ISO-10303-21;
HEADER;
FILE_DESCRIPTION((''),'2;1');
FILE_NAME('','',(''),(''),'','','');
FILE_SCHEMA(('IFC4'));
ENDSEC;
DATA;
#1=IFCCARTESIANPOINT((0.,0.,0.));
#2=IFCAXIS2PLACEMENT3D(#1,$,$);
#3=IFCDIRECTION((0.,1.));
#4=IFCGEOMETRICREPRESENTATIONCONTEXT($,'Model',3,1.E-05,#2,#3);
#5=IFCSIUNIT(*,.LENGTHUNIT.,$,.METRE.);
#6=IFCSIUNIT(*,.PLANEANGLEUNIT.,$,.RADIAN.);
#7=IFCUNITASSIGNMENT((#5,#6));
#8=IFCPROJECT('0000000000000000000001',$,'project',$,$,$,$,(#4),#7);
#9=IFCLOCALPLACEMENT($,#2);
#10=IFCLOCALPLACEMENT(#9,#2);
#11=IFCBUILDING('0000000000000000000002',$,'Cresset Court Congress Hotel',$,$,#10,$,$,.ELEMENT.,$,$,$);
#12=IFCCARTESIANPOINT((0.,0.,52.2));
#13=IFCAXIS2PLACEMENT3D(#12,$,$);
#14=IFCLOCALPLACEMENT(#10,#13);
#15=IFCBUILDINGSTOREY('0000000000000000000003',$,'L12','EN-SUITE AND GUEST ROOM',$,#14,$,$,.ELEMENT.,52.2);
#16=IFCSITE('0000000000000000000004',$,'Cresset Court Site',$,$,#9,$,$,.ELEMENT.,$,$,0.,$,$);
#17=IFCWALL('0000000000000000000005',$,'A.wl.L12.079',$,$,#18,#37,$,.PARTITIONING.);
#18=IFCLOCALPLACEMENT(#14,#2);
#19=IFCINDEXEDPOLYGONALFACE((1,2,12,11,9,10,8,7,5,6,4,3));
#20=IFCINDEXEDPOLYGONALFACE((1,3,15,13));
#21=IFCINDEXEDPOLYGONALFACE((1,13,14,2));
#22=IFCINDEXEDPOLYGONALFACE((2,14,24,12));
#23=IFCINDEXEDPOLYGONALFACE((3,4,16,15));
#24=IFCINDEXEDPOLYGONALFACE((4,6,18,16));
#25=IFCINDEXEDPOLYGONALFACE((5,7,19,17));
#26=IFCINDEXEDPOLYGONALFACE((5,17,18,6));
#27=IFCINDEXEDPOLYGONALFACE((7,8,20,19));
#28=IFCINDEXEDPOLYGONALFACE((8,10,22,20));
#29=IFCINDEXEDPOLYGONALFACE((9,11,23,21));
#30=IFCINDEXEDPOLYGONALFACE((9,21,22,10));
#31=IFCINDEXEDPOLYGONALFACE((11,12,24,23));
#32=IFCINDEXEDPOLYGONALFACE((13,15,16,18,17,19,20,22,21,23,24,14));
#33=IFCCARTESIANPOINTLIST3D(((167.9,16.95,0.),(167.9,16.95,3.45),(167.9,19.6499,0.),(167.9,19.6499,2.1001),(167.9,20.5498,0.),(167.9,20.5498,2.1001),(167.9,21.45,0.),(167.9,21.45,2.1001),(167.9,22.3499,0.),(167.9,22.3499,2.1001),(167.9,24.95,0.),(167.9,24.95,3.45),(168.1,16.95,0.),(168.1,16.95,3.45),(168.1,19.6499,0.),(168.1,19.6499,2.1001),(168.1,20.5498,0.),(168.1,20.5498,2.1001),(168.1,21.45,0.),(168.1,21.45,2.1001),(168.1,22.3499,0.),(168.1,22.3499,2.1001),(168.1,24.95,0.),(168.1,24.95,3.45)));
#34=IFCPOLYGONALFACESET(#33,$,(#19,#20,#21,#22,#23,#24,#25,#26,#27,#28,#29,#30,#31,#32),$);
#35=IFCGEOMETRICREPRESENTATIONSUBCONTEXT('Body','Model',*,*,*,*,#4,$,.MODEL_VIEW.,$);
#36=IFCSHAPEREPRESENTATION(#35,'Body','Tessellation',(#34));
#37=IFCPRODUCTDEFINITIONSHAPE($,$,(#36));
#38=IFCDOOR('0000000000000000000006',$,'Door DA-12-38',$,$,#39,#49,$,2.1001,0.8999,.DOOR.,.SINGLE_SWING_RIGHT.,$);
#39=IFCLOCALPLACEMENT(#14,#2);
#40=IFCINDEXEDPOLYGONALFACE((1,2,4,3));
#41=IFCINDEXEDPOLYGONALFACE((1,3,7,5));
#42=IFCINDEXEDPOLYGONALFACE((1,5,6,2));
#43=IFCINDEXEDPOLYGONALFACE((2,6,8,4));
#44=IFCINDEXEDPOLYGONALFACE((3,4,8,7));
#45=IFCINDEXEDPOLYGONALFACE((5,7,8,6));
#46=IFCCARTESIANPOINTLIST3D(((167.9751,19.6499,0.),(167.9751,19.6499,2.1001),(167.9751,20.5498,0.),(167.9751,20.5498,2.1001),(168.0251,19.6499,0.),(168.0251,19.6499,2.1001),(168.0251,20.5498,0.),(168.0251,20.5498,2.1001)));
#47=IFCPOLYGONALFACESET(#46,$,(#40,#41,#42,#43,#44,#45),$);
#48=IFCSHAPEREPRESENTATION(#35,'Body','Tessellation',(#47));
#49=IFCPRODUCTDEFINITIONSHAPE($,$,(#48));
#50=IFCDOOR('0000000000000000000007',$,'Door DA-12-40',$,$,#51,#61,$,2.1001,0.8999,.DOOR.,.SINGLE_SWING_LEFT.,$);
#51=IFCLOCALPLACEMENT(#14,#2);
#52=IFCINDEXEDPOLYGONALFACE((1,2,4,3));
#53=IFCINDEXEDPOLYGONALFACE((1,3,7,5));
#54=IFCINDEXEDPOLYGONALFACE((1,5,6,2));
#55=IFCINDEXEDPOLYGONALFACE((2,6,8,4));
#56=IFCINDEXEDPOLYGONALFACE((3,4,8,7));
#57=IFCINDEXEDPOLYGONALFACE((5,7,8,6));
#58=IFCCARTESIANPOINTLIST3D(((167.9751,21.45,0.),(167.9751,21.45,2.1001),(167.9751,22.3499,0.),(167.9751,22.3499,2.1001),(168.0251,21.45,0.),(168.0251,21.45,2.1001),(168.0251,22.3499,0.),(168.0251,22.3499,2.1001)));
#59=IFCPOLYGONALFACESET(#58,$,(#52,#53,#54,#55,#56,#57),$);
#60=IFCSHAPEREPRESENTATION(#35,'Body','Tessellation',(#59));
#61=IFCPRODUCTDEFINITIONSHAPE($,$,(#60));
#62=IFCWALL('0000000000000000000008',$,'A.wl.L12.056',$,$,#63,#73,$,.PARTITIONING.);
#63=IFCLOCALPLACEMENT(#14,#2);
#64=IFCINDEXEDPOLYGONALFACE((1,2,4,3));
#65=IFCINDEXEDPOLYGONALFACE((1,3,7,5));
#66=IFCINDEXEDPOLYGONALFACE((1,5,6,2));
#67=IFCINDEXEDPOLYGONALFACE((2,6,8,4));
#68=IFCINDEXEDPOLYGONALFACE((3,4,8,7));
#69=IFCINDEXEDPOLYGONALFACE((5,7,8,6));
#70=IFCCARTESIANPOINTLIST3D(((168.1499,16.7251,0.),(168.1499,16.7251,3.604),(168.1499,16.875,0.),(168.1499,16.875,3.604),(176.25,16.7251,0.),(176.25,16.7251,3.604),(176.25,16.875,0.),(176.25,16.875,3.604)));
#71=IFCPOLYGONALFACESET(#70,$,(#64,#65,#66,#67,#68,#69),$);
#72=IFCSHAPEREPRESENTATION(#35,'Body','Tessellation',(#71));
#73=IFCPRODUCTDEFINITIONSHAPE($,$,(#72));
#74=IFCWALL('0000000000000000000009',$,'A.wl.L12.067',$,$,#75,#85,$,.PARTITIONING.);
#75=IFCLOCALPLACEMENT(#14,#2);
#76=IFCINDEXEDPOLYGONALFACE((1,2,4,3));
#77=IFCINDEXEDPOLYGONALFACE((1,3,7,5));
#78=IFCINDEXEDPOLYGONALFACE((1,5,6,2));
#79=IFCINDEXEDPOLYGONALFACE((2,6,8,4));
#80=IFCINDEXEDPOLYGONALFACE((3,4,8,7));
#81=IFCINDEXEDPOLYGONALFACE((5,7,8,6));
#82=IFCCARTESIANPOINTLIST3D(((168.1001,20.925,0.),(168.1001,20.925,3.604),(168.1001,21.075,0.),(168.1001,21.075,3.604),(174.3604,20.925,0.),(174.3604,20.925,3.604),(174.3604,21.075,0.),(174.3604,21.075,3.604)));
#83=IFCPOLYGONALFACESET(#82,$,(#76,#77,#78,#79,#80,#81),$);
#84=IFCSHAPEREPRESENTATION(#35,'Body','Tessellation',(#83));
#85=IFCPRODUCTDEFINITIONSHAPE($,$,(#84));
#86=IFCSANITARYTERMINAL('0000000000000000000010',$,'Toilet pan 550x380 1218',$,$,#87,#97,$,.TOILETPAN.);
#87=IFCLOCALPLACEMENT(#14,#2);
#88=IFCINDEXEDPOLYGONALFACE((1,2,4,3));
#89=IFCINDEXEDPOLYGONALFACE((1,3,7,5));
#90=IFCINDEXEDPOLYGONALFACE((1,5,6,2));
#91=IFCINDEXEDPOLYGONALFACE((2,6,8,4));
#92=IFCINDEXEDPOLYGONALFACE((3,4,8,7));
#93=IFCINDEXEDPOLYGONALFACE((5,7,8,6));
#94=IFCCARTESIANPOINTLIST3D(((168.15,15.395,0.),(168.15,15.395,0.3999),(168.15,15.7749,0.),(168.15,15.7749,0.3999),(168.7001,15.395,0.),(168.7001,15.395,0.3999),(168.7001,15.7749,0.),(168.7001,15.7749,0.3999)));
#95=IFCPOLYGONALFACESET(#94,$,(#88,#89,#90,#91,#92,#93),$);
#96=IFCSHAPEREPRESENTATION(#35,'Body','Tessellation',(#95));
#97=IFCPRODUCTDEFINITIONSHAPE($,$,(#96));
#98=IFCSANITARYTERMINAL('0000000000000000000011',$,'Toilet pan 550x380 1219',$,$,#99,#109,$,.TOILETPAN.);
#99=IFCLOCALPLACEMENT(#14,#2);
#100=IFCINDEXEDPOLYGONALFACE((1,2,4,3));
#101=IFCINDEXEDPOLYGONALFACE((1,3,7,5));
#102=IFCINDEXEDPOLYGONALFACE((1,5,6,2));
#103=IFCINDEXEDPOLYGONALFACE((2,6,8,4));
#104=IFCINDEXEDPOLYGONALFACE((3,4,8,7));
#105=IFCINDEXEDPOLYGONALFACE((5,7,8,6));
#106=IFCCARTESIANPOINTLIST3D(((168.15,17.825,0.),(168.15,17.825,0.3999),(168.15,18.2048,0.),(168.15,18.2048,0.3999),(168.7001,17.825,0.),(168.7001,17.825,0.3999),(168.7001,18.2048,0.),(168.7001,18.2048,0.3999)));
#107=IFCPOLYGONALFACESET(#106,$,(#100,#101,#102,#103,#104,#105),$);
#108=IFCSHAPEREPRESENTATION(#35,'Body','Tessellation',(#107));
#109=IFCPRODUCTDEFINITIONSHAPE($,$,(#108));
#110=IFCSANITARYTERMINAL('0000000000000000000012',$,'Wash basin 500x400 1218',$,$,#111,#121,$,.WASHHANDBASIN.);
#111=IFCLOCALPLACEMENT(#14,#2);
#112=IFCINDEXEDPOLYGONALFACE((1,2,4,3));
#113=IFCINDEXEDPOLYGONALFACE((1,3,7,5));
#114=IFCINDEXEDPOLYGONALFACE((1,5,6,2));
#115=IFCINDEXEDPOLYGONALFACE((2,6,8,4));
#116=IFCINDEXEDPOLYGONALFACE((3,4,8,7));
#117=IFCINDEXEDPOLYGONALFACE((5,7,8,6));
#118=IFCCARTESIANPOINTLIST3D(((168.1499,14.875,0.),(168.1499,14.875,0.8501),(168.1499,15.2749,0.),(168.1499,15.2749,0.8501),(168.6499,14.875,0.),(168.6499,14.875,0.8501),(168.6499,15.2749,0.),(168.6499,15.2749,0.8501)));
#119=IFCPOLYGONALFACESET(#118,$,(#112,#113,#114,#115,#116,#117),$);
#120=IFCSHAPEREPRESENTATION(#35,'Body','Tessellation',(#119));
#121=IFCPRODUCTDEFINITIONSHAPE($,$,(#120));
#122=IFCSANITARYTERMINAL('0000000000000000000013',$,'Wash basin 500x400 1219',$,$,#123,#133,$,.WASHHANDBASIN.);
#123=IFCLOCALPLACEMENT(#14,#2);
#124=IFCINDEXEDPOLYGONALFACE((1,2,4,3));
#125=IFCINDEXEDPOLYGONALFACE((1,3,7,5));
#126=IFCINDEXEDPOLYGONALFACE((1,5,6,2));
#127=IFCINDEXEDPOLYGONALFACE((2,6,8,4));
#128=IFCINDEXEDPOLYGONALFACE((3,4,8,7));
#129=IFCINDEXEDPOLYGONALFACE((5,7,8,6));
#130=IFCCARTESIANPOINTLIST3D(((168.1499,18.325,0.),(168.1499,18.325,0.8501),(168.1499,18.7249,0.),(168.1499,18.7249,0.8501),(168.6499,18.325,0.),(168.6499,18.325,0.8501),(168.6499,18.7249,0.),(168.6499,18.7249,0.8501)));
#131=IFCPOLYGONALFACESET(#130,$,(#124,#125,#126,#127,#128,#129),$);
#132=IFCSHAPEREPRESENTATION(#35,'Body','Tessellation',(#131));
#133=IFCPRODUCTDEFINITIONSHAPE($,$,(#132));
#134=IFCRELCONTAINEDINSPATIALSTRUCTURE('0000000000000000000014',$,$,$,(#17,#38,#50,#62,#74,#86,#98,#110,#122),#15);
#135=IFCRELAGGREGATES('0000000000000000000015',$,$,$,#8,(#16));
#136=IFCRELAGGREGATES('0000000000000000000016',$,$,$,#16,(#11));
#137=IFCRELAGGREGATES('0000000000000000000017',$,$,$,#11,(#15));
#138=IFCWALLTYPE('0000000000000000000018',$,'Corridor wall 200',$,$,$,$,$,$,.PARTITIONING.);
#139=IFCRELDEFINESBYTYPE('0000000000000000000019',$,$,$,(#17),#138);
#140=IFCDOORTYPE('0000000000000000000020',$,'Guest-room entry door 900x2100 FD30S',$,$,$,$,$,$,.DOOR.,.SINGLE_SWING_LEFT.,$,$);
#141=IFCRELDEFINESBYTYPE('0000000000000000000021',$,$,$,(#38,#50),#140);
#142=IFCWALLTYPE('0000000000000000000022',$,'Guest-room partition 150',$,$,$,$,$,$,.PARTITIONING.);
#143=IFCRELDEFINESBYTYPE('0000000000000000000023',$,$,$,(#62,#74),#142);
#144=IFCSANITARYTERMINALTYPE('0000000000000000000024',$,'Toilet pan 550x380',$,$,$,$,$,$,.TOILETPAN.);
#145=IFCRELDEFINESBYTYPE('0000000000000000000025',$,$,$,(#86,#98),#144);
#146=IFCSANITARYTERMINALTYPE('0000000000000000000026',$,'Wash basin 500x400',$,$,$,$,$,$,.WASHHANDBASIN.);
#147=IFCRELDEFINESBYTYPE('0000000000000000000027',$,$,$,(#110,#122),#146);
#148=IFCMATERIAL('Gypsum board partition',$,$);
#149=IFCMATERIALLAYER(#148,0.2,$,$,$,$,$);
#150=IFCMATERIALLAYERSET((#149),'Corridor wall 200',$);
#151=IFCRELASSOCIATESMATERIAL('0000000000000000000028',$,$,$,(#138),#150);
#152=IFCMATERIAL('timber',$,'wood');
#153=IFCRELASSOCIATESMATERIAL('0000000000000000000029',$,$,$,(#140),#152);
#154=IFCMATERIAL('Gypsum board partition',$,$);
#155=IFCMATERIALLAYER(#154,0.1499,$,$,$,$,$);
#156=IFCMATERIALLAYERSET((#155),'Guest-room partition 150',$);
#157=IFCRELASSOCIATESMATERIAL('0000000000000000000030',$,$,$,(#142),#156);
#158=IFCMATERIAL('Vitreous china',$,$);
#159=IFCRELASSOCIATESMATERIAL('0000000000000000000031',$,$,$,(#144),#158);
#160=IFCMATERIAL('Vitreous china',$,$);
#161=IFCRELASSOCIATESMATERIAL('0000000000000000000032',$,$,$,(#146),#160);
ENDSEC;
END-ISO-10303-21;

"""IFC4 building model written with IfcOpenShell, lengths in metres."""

from ifc_helpers import new_model, si_unit, direction, frame, frame_2d, origin, origin_2d, place, context, subcontext, project, spatial, rectangle, extrude, material, layer, layer_set, type_object, element, fill, save


model = new_model("IFC4")

# Units and contexts
model_context = context("Model", 3, precision=1e-05, world=origin(), true_north=direction((0.0, 1.0)))
body_context = subcontext(model_context, "Body", "Model", "MODEL_VIEW")
ifc_project = project(units=[si_unit("LENGTHUNIT", "METRE"), si_unit("PLANEANGLEUNIT", "RADIAN")], contexts=[model_context])

# Site, building, storey
site_placement = place(None, origin())
site = spatial("IfcSite", under=ifc_project, at=site_placement, Name="Cresset Court Site", CompositionType="ELEMENT", RefElevation=0.0)
building_placement = place(site_placement, origin())
building = spatial("IfcBuilding", under=site, at=building_placement, Name="Cresset Court Congress Hotel", CompositionType="ELEMENT")
storey_placement = place(building_placement, frame((0.0, 0.0, 52.2)))
storey = spatial("IfcBuildingStorey", under=building, at=storey_placement, Name="L12", Description="EN-SUITE AND GUEST ROOM", CompositionType="ELEMENT", Elevation=52.2)

# Wall, openings, doors
ifc_material_1 = material(Name="Gypsum board partition")
ifc_layer_1 = layer(ifc_material_1, 0.2)
ifc_layer_set_1 = layer_set([ifc_layer_1], Name="Corridor wall 200")
wall_type_1 = type_object("IfcWallType", Name="Corridor wall 200", PredefinedType="PARTITIONING", material=ifc_layer_set_1)
ifc_material_2 = material(Name="timber", Category="wood")
door_type = type_object("IfcDoorType", Name="Guest-room entry door 900x2100 FD30S", OperationType="SINGLE_SWING_LEFT", PredefinedType="DOOR", material=ifc_material_2)
wall_1_placement = place(storey_placement, frame((168.0, 16.95, 0.0), z_axis=(0.0, 0.0, 1.0), x_axis=(0.0, 1.0, 0.0)))
wall_1 = element("IfcWall", 1, at=wall_1_placement, inside=storey, type_object=wall_type_1, Name="A.wl.L12.079", PredefinedType="PARTITIONING", context=body_context, shape_type="SweptSolid", body=[
    extrude(rectangle(XDim=8.0, YDim=0.2, at=frame_2d((4.0, 0.0))), origin(), (0.0, 0.0, 1.0), 3.45),
])
opening_1_placement = place(wall_1_placement, frame((2.7, 0.0, 0.0)))
opening_1 = element("IfcOpeningElement", 2, at=opening_1_placement, cuts=wall_1, PredefinedType="OPENING", context=body_context, shape_type="SweptSolid", body=[
    extrude(rectangle(XDim=0.8999, YDim=2.1001, at=frame_2d((0.45, 1.05))), frame((0.0, 0.1099, 0.0), z_axis=(0.0, -1.0, 0.0), x_axis=(1.0, 0.0, 0.0)), (0.0, 0.0, 1.0), 0.22),
])
opening_2_placement = place(wall_1_placement, frame((4.5, 0.0, 0.0)))
opening_2 = element("IfcOpeningElement", 3, at=opening_2_placement, cuts=wall_1, PredefinedType="OPENING", context=body_context, shape_type="SweptSolid", body=[
    extrude(rectangle(XDim=0.8999, YDim=2.1001, at=frame_2d((0.45, 1.05))), frame((0.0, 0.1099, 0.0), z_axis=(0.0, -1.0, 0.0), x_axis=(1.0, 0.0, 0.0)), (0.0, 0.0, 1.0), 0.22),
])
door_1_placement = place(opening_1_placement, origin())
door_1 = element("IfcDoor", 4, at=door_1_placement, inside=storey, type_object=door_type, Name="Door DA-12-38", OperationType="SINGLE_SWING_RIGHT", OverallHeight=2.1001, OverallWidth=0.8999, PredefinedType="DOOR", context=body_context, shape_type="SweptSolid", body=[
    extrude(rectangle(XDim=0.8999, YDim=2.1001, at=frame_2d((0.45, 1.05))), frame((0.0, 0.0249, 0.0), z_axis=(0.0, -1.0, 0.0), x_axis=(1.0, 0.0, 0.0)), (0.0, 0.0, 1.0), 0.05),
])
fill(opening_1, door_1)
door_2_placement = place(opening_2_placement, origin())
door_2 = element("IfcDoor", 5, at=door_2_placement, inside=storey, type_object=door_type, Name="Door DA-12-40", OperationType="SINGLE_SWING_LEFT", OverallHeight=2.1001, OverallWidth=0.8999, PredefinedType="DOOR", context=body_context, shape_type="SweptSolid", body=[
    extrude(rectangle(XDim=0.8999, YDim=2.1001, at=frame_2d((0.45, 1.05))), frame((0.0, 0.0249, 0.0), z_axis=(0.0, -1.0, 0.0), x_axis=(1.0, 0.0, 0.0)), (0.0, 0.0, 1.0), 0.05),
])
fill(opening_2, door_2)

# Walls
ifc_material_3 = material(Name="Gypsum board partition")
ifc_layer_2 = layer(ifc_material_3, 0.1499)
ifc_layer_set_2 = layer_set([ifc_layer_2], Name="Guest-room partition 150")
wall_type_2 = type_object("IfcWallType", Name="Guest-room partition 150", PredefinedType="PARTITIONING", material=ifc_layer_set_2)
wall_2_placement = place(storey_placement, frame((168.1499, 16.8, 0.0), z_axis=(0.0, 0.0, 1.0), x_axis=(1.0, 0.0, 0.0)))
element("IfcWall", 6, at=wall_2_placement, inside=storey, type_object=wall_type_2, Name="A.wl.L12.056", PredefinedType="PARTITIONING", context=body_context, shape_type="SweptSolid", body=[
    extrude(rectangle(XDim=8.1001, YDim=0.1499, at=frame_2d((4.05, 0.0))), origin(), (0.0, 0.0, 1.0), 3.604),
])
wall_3_placement = place(storey_placement, frame((168.1001, 21.0, 0.0), z_axis=(0.0, 0.0, 1.0), x_axis=(1.0, 0.0, 0.0)))
element("IfcWall", 7, at=wall_3_placement, inside=storey, type_object=wall_type_2, Name="A.wl.L12.067", PredefinedType="PARTITIONING", context=body_context, shape_type="SweptSolid", body=[
    extrude(rectangle(XDim=6.2603, YDim=0.1499, at=frame_2d((3.1301, 0.0))), origin(), (0.0, 0.0, 1.0), 3.604),
])

# Sanitary terminals
ifc_material_4 = material(Name="Vitreous china")
sanitary_terminal_type_1 = type_object("IfcSanitaryTerminalType", Name="Toilet pan 550x380", PredefinedType="TOILETPAN", material=ifc_material_4)
for number, where, z_axis, x_axis, name in (
    (8, (168.425, 15.585, 0.0), (0.0, 0.0, 1.0), (1.0, 0.0, 0.0), "Toilet pan 550x380 1218"),
    (9, (168.425, 18.0149, 0.0), (0.0, 0.0, 1.0), (1.0, 0.0, 0.0), "Toilet pan 550x380 1219"),
):
    element("IfcSanitaryTerminal", number, at=place(storey_placement, frame(where, z_axis=z_axis, x_axis=x_axis)), inside=storey, type_object=sanitary_terminal_type_1, Name=name, PredefinedType="TOILETPAN", context=body_context, shape_type="SweptSolid", body=[
        extrude(rectangle(XDim=0.55, YDim=0.3799, at=origin_2d()), origin(), (0.0, 0.0, 1.0), 0.3999),
    ])
ifc_material_5 = material(Name="Vitreous china")
sanitary_terminal_type_2 = type_object("IfcSanitaryTerminalType", Name="Wash basin 500x400", PredefinedType="WASHHANDBASIN", material=ifc_material_5)
for number, where, z_axis, x_axis, name in (
    (10, (168.3999, 15.075, 0.0), (0.0, 0.0, 1.0), (1.0, 0.0, 0.0), "Wash basin 500x400 1218"),
    (11, (168.3999, 18.5249, 0.0), (0.0, 0.0, 1.0), (1.0, 0.0, 0.0), "Wash basin 500x400 1219"),
):
    element("IfcSanitaryTerminal", number, at=place(storey_placement, frame(where, z_axis=z_axis, x_axis=x_axis)), inside=storey, type_object=sanitary_terminal_type_2, Name=name, PredefinedType="WASHHANDBASIN", context=body_context, shape_type="SweptSolid", body=[
        extrude(rectangle(XDim=0.5, YDim=0.3999, at=origin_2d()), origin(), (0.0, 0.0, 1.0), 0.8501),
    ])

save(model, "model.ifc")
